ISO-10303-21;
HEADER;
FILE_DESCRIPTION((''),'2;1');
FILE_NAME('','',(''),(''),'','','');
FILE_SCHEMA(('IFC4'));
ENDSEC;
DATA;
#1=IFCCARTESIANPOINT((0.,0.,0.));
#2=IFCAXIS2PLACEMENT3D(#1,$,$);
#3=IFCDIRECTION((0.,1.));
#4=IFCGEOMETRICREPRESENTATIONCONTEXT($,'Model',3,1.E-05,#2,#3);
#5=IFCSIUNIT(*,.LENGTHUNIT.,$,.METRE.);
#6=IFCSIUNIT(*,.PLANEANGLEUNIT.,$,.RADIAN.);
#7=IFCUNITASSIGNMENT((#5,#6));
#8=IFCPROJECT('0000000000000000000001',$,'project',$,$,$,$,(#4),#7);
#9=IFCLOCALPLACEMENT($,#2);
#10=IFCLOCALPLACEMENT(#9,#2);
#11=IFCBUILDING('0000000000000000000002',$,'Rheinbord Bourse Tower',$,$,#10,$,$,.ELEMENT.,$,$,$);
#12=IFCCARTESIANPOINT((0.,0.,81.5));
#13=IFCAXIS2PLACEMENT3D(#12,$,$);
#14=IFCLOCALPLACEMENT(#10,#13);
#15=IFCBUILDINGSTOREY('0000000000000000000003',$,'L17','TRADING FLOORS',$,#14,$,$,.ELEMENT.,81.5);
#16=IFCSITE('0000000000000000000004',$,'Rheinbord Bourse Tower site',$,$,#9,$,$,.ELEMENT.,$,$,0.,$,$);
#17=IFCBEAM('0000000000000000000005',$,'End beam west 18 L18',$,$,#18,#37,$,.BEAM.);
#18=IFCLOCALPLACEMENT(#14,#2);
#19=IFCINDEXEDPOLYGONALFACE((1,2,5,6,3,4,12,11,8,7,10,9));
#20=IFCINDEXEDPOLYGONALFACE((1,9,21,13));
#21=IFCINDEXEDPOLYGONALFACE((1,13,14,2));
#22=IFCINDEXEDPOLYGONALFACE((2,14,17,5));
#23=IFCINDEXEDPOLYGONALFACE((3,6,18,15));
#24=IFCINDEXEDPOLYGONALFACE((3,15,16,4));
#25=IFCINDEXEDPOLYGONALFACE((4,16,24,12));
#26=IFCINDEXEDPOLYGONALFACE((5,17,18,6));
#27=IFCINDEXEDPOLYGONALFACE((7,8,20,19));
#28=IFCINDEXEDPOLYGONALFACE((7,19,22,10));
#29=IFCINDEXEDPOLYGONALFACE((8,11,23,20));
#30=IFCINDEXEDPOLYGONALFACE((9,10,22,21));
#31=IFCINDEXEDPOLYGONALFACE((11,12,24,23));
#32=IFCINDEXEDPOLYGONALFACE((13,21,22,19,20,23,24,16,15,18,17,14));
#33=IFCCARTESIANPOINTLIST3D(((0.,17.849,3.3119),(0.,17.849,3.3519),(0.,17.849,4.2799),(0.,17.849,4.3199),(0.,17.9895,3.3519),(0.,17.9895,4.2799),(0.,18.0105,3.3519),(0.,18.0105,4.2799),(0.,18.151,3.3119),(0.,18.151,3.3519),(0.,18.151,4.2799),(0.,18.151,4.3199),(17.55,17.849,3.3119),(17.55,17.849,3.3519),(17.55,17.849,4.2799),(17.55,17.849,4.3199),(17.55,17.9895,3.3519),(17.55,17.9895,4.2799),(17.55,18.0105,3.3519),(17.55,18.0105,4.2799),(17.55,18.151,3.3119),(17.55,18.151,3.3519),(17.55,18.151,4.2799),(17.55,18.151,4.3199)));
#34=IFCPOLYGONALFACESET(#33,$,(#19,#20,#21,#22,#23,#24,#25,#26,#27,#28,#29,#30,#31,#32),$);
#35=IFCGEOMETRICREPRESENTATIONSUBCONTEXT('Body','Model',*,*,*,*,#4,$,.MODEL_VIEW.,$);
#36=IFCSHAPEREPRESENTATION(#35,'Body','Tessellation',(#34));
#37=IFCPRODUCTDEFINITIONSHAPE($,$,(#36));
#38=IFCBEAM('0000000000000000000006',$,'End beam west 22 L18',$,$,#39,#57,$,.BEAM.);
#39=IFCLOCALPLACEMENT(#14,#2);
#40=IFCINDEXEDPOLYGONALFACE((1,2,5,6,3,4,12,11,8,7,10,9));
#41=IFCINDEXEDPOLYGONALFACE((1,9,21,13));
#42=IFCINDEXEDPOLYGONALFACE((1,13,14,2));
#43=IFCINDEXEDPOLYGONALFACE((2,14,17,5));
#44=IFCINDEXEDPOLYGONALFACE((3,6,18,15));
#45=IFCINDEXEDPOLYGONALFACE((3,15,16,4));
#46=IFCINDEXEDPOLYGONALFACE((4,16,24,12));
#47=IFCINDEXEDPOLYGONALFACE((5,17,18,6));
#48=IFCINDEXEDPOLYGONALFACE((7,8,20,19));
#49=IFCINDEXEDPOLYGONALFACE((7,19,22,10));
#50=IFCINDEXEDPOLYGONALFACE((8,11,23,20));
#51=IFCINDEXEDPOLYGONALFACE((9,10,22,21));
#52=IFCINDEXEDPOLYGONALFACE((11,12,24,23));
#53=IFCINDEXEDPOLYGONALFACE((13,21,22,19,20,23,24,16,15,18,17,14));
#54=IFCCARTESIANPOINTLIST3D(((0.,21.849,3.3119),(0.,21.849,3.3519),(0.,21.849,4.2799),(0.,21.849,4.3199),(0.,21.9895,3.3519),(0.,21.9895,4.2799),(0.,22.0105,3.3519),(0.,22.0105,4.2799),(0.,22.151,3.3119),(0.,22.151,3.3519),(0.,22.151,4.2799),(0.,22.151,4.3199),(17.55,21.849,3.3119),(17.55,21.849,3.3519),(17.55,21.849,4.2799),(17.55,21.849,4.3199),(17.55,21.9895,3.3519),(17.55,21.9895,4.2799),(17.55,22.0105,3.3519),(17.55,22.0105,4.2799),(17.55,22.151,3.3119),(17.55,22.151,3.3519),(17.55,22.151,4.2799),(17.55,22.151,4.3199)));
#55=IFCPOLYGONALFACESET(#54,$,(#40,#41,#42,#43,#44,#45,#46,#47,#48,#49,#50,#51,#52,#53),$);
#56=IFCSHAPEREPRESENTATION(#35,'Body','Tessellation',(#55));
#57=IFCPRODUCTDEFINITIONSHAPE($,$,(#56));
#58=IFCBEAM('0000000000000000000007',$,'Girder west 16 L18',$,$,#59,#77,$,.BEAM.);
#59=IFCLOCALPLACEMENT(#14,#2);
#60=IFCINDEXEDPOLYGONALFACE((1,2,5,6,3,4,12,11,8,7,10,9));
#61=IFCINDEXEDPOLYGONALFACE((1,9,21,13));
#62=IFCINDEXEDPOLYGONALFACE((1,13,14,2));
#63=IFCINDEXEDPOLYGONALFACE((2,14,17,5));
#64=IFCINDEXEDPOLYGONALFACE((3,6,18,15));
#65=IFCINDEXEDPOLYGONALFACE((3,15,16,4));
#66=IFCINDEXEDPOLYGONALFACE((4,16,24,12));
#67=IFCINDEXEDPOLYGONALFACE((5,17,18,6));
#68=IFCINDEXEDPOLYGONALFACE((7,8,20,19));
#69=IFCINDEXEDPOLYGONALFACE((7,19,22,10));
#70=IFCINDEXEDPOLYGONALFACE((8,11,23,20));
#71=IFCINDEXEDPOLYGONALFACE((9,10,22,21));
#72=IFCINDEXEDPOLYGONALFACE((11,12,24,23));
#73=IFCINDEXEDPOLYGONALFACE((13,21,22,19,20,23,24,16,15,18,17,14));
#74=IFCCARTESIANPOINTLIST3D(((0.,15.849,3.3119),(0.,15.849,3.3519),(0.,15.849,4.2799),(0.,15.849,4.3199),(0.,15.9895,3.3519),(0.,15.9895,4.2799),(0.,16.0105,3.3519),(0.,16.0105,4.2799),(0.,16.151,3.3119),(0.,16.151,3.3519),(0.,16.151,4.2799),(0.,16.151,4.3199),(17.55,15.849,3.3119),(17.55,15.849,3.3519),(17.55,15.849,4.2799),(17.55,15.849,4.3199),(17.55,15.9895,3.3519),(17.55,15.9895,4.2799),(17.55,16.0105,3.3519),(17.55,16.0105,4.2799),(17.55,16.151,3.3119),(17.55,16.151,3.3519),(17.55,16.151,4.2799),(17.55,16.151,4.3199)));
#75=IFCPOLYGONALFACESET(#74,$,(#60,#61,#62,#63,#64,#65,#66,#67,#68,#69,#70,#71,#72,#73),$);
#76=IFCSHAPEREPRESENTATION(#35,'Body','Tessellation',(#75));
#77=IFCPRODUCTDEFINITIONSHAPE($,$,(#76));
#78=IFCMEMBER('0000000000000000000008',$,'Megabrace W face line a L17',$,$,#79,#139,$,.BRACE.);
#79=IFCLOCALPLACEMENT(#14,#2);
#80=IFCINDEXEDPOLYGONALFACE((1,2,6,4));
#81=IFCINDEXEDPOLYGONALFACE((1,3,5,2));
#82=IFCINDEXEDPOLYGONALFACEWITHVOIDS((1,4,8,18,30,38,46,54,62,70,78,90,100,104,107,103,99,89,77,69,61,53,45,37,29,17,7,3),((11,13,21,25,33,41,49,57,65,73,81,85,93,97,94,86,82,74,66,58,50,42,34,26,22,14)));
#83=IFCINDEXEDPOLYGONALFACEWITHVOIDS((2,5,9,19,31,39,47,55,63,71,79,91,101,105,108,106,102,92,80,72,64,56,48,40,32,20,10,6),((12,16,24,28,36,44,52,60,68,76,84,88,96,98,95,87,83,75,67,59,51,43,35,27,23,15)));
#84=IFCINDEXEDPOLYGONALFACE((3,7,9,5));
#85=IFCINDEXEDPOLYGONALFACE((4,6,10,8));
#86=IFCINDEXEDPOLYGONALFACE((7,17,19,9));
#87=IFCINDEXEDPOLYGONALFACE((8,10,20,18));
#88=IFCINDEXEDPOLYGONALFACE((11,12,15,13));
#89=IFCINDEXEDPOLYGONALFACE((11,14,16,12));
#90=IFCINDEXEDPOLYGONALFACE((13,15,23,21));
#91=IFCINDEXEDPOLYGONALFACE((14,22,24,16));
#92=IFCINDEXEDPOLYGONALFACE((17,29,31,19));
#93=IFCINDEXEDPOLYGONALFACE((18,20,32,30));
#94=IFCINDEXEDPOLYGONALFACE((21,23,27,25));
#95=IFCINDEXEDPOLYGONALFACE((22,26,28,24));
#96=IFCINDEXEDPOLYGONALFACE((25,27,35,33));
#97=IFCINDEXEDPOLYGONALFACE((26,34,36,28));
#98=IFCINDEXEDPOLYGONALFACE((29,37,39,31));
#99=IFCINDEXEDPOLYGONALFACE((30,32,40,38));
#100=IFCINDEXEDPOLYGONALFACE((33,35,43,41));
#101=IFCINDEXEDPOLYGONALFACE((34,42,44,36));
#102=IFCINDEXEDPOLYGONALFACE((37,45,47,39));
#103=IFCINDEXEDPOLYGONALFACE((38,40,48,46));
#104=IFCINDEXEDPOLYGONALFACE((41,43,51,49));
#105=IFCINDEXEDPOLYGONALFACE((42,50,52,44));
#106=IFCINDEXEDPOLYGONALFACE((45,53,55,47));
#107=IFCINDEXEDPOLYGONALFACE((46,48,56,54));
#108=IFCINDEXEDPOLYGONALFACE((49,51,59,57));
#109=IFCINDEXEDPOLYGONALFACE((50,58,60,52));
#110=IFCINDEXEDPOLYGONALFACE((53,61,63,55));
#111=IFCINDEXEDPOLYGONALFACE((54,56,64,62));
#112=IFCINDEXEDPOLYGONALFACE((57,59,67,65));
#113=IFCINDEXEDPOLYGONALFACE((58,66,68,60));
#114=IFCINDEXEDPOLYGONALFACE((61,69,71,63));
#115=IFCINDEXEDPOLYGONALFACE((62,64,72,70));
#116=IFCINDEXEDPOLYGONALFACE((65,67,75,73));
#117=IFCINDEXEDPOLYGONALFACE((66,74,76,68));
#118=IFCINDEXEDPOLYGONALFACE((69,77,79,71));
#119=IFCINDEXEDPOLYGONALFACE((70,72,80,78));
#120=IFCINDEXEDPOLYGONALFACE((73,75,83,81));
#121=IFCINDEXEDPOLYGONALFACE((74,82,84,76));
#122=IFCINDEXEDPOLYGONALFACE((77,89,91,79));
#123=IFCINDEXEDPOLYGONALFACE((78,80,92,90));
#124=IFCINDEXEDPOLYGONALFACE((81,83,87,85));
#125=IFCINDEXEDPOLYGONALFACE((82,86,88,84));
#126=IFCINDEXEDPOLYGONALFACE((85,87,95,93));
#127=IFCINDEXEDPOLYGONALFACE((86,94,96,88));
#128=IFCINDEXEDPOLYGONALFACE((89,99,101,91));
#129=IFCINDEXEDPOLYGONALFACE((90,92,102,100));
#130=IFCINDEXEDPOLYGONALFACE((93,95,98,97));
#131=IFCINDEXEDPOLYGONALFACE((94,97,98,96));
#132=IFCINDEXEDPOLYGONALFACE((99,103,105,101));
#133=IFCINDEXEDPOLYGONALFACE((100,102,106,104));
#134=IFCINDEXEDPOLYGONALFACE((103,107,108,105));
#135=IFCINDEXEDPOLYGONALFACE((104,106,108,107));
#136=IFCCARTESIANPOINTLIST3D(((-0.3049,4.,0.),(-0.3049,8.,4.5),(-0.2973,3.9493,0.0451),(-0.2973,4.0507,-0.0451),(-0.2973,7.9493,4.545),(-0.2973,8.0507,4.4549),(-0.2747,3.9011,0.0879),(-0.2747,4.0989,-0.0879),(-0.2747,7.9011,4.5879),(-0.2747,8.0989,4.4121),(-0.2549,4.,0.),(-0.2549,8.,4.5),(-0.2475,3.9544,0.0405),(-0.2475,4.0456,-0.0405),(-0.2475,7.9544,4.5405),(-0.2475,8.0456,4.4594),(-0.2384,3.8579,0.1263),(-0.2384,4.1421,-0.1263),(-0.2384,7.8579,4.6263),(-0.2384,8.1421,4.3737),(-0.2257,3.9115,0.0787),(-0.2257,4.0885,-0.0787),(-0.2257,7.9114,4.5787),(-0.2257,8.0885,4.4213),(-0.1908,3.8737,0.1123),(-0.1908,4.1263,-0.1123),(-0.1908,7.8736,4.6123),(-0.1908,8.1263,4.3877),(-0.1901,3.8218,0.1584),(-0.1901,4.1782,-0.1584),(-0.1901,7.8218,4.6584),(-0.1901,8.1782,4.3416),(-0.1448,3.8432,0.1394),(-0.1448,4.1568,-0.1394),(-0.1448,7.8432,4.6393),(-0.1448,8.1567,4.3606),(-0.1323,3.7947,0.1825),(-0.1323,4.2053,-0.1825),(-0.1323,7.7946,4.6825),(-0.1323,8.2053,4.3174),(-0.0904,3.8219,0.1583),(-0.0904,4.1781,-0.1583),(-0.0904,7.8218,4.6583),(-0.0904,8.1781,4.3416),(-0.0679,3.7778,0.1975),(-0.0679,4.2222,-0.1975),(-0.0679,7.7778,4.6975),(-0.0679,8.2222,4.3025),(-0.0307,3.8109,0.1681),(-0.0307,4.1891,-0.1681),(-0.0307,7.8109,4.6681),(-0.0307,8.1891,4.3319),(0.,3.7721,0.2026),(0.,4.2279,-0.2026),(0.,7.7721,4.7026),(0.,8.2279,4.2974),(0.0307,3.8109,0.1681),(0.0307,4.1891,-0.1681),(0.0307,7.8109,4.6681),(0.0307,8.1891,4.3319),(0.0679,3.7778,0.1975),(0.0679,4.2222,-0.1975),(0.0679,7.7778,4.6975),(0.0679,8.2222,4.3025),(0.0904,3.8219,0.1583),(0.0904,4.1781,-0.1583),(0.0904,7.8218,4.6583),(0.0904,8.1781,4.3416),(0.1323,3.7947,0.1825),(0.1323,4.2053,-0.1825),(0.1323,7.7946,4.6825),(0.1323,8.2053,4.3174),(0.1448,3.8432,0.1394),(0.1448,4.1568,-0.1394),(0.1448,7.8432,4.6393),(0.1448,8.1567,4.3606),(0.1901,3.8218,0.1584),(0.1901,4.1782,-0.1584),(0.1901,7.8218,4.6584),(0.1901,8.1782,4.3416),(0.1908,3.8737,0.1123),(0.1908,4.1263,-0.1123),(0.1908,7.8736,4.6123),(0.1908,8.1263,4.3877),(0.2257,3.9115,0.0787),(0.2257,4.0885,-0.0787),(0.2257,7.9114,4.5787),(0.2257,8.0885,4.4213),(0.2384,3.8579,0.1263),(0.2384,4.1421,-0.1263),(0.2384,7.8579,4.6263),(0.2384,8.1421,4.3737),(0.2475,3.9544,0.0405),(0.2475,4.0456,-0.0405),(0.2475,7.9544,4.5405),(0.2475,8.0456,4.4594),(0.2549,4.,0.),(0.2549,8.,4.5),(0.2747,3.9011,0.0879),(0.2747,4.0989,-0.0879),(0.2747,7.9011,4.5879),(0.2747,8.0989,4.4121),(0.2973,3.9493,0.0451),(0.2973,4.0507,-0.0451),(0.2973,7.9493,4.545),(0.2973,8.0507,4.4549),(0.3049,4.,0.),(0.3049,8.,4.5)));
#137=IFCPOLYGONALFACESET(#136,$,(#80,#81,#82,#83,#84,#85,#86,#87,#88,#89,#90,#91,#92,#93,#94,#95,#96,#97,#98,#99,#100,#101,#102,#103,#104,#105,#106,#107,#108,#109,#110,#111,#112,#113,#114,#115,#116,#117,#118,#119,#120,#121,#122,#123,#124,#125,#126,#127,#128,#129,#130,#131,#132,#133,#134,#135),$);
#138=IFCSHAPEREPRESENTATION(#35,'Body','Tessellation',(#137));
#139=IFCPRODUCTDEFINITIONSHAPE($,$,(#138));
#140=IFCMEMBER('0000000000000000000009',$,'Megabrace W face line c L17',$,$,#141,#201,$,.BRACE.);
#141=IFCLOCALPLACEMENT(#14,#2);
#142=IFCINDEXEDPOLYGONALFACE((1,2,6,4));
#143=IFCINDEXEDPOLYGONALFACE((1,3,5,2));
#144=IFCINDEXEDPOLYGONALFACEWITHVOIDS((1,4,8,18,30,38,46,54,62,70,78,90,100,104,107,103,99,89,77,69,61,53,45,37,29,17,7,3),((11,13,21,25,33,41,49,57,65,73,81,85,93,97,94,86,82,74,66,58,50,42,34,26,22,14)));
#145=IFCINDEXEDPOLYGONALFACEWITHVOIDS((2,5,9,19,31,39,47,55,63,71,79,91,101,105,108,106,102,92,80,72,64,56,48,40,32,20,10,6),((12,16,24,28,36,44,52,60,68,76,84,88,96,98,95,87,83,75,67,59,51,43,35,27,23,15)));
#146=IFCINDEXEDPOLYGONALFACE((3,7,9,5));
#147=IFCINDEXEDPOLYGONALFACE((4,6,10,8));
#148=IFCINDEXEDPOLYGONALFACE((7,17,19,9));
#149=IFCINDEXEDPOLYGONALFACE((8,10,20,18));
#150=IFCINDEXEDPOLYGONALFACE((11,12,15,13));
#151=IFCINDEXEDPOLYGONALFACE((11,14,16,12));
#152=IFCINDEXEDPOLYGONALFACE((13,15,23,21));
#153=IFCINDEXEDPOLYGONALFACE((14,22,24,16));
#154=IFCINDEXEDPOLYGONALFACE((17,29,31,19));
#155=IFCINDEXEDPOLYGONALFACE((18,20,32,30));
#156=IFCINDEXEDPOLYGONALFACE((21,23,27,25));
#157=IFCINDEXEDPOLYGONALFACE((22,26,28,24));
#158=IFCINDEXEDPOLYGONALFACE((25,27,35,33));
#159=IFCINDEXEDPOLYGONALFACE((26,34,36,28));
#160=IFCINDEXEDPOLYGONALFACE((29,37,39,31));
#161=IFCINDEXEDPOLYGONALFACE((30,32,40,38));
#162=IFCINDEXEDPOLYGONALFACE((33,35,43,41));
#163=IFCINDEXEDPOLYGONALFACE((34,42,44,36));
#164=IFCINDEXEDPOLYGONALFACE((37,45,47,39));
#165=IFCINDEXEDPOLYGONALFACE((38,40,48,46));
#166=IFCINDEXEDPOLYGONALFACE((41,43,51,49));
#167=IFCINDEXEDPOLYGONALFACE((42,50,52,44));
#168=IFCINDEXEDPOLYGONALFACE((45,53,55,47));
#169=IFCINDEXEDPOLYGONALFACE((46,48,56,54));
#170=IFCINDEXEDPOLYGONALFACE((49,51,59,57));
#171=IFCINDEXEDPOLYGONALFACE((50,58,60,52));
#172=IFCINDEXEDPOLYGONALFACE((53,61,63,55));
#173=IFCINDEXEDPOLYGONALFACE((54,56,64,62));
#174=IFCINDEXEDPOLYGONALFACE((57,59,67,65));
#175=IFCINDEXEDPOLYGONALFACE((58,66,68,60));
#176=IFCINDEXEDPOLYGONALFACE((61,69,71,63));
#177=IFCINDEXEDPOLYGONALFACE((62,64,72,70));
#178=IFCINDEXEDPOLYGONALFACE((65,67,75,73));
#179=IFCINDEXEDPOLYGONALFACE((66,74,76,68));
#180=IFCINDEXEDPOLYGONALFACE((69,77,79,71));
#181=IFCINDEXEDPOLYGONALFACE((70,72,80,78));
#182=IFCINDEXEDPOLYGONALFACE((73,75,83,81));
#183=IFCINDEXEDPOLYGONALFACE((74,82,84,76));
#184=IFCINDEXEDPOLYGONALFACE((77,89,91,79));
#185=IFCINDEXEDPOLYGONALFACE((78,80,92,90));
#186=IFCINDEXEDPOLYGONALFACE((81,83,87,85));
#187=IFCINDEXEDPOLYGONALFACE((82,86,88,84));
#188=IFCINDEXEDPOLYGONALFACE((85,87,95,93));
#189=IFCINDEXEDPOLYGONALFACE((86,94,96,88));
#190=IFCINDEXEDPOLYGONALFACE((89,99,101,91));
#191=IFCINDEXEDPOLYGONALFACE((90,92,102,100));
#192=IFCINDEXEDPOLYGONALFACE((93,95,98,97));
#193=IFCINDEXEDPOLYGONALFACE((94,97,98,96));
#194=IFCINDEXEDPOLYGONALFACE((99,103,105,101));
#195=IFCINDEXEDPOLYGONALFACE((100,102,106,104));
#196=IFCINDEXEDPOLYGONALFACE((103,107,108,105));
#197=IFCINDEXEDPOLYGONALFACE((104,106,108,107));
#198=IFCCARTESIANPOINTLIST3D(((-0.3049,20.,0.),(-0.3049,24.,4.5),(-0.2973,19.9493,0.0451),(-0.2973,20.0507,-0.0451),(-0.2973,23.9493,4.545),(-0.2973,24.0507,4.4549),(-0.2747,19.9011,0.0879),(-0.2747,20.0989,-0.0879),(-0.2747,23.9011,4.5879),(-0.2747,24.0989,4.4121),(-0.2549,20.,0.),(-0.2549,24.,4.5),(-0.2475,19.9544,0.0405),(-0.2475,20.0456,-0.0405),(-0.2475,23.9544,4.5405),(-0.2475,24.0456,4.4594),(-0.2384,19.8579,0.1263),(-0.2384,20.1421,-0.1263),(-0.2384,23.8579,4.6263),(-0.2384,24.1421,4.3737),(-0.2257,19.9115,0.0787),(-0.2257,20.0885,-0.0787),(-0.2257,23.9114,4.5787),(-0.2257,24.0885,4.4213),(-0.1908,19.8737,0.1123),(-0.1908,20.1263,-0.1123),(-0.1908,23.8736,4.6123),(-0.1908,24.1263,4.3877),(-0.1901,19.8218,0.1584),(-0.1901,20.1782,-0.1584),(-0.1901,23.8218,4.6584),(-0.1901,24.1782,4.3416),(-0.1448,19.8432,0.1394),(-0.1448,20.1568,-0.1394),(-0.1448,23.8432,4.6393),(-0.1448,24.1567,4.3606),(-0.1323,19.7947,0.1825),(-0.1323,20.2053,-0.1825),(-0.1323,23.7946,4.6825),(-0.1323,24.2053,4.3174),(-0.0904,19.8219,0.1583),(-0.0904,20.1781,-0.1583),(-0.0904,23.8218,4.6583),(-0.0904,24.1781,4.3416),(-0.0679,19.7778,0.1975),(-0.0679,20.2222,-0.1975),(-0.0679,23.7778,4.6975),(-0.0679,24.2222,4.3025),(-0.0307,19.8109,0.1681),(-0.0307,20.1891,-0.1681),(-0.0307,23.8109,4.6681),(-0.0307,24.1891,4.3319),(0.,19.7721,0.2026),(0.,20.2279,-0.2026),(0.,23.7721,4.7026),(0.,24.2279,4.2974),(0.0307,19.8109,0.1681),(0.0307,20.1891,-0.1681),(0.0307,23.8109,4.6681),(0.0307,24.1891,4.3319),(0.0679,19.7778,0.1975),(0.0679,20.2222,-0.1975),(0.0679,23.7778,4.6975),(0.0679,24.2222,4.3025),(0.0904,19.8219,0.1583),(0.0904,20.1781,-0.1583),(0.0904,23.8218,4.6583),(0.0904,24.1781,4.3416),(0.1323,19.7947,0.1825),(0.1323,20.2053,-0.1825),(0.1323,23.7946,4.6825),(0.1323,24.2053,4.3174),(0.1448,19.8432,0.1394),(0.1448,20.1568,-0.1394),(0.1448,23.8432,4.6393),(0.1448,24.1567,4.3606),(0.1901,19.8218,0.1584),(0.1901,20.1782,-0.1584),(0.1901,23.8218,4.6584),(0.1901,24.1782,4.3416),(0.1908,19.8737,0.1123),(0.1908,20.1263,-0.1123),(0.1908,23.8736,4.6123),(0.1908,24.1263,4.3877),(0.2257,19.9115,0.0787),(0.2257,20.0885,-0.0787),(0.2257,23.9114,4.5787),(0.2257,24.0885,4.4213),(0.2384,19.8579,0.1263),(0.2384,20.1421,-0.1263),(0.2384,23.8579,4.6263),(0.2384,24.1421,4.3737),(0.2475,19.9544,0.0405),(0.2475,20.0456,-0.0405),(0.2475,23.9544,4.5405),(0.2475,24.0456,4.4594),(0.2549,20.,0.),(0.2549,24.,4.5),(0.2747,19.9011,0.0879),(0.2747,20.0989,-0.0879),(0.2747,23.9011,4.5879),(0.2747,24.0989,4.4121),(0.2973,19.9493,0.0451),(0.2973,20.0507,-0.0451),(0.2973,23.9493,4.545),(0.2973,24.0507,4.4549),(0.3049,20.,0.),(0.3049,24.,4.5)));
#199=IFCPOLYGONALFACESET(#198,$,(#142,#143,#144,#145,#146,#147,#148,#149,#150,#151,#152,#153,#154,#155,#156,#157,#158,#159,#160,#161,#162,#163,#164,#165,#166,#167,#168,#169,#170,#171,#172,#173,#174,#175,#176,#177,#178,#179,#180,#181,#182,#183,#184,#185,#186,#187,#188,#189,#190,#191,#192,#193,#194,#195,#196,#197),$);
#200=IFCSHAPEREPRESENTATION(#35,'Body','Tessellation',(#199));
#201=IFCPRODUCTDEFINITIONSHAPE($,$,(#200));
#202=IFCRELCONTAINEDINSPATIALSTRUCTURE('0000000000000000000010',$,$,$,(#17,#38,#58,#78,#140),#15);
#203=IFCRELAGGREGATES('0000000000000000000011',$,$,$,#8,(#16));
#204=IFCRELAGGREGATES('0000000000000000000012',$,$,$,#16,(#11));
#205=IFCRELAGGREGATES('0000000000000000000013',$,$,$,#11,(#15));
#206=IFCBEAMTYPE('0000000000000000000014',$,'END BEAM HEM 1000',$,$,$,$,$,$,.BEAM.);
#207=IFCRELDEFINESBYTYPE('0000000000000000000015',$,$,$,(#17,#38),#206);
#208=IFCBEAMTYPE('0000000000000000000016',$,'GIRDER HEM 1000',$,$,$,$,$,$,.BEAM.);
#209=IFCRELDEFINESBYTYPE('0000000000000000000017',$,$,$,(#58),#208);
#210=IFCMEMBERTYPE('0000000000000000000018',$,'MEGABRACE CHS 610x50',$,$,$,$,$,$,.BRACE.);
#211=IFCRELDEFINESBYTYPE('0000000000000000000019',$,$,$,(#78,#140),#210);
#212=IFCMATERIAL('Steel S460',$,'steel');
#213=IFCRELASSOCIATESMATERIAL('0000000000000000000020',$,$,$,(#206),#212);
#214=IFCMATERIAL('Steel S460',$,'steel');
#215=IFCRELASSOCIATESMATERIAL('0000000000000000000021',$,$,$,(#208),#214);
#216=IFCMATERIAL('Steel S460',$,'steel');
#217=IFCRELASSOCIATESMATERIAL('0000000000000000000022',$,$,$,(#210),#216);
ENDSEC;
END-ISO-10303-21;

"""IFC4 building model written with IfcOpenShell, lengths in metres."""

from ifc_helpers import new_model, si_unit, direction, frame, origin, origin_2d, place, context, subcontext, project, spatial, hollow_circle, i_section, extrude, material, material_profile, profile_set, type_object, element, save


model = new_model("IFC4")

# Units and contexts
model_context = context("Model", 3, precision=1e-05, world=origin(), true_north=direction((0.0, 1.0)))
body_context = subcontext(model_context, "Body", "Model", "MODEL_VIEW")
ifc_project = project(units=[si_unit("LENGTHUNIT", "METRE"), si_unit("PLANEANGLEUNIT", "RADIAN")], contexts=[model_context])

# Site, building, storey
site_placement = place(None, origin())
site = spatial("IfcSite", under=ifc_project, at=site_placement, Name="Rheinbord Bourse Tower site", CompositionType="ELEMENT", RefElevation=0.0)
building_placement = place(site_placement, origin())
building = spatial("IfcBuilding", under=site, at=building_placement, Name="Rheinbord Bourse Tower", CompositionType="ELEMENT")
storey_placement = place(building_placement, frame((0.0, 0.0, 81.5)))
storey = spatial("IfcBuildingStorey", under=building, at=storey_placement, Name="L17", Description="TRADING FLOORS", CompositionType="ELEMENT", Elevation=81.5)

# Beams
ifc_material_1 = material(Name="Steel S460", Category="steel")
ifc_material_profile_1 = material_profile(ifc_material_1, i_section(OverallWidth=0.302, OverallDepth=1.0081, WebThickness=0.021, FlangeThickness=0.04, at=origin_2d()), Name="HEM 1000")
ifc_profile_set_1 = profile_set([ifc_material_profile_1], Name="Steel S460")
beam_type_1 = type_object("IfcBeamType", Name="END BEAM HEM 1000", PredefinedType="BEAM", material=ifc_profile_set_1)
for number, where, z_axis, x_axis, name in (
    (1, (0.0, 18.0, 3.8159), (1.0, 0.0, 0.0), (0.0, 1.0, 0.0), "End beam west 18 L18"),
    (2, (0.0, 22.0, 3.8159), (1.0, 0.0, 0.0), (0.0, 1.0, 0.0), "End beam west 22 L18"),
):
    element("IfcBeam", number, at=place(storey_placement, frame(where, z_axis=z_axis, x_axis=x_axis)), inside=storey, type_object=beam_type_1, Name=name, PredefinedType="BEAM", context=body_context, shape_type="SweptSolid", body=[
        extrude(i_section(OverallWidth=0.302, OverallDepth=1.0081, WebThickness=0.021, FlangeThickness=0.04, at=origin_2d()), origin(), (0.0, 0.0, 1.0), 17.55),
    ])
ifc_material_2 = material(Name="Steel S460", Category="steel")
ifc_material_profile_2 = material_profile(ifc_material_2, i_section(OverallWidth=0.302, OverallDepth=1.0081, WebThickness=0.021, FlangeThickness=0.04, at=origin_2d()), Name="HEM 1000")
ifc_profile_set_2 = profile_set([ifc_material_profile_2], Name="Steel S460")
beam_type_2 = type_object("IfcBeamType", Name="GIRDER HEM 1000", PredefinedType="BEAM", material=ifc_profile_set_2)
beam_1_placement = place(storey_placement, frame((0.0, 16.0, 3.8159), z_axis=(1.0, 0.0, 0.0), x_axis=(0.0, 1.0, 0.0)))
element("IfcBeam", 3, at=beam_1_placement, inside=storey, type_object=beam_type_2, Name="Girder west 16 L18", PredefinedType="BEAM", context=body_context, shape_type="SweptSolid", body=[
    extrude(i_section(OverallWidth=0.302, OverallDepth=1.0081, WebThickness=0.021, FlangeThickness=0.04, at=origin_2d()), origin(), (0.0, 0.0, 1.0), 17.55),
])

# Members
ifc_material_3 = material(Name="Steel S460", Category="steel")
ifc_material_profile_3 = material_profile(ifc_material_3, hollow_circle(Radius=0.3049, WallThickness=0.05, at=origin_2d()), Name="CHS 610x50")
ifc_profile_set_3 = profile_set([ifc_material_profile_3], Name="Steel S460")
member_type_1 = type_object("IfcMemberType", Name="MEGABRACE CHS 610x50", PredefinedType="BRACE", material=ifc_profile_set_3)
for number, where, z_axis, x_axis, name in (
    (4, (0.0, 4.0, 0.0), (0.0, 0.664364, 0.747409), (-1.0, 0.0, 0.0), "Megabrace W face line a L17"),
    (5, (0.0, 20.0, 0.0), (0.0, 0.664364, 0.747409), (-1.0, 0.0, 0.0), "Megabrace W face line c L17"),
):
    element("IfcMember", number, at=place(storey_placement, frame(where, z_axis=z_axis, x_axis=x_axis)), inside=storey, type_object=member_type_1, Name=name, PredefinedType="BRACE", context=body_context, shape_type="SweptSolid", body=[
        extrude(hollow_circle(Radius=0.3049, WallThickness=0.05, at=origin_2d()), origin(), (0.0, 0.0, 1.0), 6.0208),
    ])

save(model, "model.ifc")
